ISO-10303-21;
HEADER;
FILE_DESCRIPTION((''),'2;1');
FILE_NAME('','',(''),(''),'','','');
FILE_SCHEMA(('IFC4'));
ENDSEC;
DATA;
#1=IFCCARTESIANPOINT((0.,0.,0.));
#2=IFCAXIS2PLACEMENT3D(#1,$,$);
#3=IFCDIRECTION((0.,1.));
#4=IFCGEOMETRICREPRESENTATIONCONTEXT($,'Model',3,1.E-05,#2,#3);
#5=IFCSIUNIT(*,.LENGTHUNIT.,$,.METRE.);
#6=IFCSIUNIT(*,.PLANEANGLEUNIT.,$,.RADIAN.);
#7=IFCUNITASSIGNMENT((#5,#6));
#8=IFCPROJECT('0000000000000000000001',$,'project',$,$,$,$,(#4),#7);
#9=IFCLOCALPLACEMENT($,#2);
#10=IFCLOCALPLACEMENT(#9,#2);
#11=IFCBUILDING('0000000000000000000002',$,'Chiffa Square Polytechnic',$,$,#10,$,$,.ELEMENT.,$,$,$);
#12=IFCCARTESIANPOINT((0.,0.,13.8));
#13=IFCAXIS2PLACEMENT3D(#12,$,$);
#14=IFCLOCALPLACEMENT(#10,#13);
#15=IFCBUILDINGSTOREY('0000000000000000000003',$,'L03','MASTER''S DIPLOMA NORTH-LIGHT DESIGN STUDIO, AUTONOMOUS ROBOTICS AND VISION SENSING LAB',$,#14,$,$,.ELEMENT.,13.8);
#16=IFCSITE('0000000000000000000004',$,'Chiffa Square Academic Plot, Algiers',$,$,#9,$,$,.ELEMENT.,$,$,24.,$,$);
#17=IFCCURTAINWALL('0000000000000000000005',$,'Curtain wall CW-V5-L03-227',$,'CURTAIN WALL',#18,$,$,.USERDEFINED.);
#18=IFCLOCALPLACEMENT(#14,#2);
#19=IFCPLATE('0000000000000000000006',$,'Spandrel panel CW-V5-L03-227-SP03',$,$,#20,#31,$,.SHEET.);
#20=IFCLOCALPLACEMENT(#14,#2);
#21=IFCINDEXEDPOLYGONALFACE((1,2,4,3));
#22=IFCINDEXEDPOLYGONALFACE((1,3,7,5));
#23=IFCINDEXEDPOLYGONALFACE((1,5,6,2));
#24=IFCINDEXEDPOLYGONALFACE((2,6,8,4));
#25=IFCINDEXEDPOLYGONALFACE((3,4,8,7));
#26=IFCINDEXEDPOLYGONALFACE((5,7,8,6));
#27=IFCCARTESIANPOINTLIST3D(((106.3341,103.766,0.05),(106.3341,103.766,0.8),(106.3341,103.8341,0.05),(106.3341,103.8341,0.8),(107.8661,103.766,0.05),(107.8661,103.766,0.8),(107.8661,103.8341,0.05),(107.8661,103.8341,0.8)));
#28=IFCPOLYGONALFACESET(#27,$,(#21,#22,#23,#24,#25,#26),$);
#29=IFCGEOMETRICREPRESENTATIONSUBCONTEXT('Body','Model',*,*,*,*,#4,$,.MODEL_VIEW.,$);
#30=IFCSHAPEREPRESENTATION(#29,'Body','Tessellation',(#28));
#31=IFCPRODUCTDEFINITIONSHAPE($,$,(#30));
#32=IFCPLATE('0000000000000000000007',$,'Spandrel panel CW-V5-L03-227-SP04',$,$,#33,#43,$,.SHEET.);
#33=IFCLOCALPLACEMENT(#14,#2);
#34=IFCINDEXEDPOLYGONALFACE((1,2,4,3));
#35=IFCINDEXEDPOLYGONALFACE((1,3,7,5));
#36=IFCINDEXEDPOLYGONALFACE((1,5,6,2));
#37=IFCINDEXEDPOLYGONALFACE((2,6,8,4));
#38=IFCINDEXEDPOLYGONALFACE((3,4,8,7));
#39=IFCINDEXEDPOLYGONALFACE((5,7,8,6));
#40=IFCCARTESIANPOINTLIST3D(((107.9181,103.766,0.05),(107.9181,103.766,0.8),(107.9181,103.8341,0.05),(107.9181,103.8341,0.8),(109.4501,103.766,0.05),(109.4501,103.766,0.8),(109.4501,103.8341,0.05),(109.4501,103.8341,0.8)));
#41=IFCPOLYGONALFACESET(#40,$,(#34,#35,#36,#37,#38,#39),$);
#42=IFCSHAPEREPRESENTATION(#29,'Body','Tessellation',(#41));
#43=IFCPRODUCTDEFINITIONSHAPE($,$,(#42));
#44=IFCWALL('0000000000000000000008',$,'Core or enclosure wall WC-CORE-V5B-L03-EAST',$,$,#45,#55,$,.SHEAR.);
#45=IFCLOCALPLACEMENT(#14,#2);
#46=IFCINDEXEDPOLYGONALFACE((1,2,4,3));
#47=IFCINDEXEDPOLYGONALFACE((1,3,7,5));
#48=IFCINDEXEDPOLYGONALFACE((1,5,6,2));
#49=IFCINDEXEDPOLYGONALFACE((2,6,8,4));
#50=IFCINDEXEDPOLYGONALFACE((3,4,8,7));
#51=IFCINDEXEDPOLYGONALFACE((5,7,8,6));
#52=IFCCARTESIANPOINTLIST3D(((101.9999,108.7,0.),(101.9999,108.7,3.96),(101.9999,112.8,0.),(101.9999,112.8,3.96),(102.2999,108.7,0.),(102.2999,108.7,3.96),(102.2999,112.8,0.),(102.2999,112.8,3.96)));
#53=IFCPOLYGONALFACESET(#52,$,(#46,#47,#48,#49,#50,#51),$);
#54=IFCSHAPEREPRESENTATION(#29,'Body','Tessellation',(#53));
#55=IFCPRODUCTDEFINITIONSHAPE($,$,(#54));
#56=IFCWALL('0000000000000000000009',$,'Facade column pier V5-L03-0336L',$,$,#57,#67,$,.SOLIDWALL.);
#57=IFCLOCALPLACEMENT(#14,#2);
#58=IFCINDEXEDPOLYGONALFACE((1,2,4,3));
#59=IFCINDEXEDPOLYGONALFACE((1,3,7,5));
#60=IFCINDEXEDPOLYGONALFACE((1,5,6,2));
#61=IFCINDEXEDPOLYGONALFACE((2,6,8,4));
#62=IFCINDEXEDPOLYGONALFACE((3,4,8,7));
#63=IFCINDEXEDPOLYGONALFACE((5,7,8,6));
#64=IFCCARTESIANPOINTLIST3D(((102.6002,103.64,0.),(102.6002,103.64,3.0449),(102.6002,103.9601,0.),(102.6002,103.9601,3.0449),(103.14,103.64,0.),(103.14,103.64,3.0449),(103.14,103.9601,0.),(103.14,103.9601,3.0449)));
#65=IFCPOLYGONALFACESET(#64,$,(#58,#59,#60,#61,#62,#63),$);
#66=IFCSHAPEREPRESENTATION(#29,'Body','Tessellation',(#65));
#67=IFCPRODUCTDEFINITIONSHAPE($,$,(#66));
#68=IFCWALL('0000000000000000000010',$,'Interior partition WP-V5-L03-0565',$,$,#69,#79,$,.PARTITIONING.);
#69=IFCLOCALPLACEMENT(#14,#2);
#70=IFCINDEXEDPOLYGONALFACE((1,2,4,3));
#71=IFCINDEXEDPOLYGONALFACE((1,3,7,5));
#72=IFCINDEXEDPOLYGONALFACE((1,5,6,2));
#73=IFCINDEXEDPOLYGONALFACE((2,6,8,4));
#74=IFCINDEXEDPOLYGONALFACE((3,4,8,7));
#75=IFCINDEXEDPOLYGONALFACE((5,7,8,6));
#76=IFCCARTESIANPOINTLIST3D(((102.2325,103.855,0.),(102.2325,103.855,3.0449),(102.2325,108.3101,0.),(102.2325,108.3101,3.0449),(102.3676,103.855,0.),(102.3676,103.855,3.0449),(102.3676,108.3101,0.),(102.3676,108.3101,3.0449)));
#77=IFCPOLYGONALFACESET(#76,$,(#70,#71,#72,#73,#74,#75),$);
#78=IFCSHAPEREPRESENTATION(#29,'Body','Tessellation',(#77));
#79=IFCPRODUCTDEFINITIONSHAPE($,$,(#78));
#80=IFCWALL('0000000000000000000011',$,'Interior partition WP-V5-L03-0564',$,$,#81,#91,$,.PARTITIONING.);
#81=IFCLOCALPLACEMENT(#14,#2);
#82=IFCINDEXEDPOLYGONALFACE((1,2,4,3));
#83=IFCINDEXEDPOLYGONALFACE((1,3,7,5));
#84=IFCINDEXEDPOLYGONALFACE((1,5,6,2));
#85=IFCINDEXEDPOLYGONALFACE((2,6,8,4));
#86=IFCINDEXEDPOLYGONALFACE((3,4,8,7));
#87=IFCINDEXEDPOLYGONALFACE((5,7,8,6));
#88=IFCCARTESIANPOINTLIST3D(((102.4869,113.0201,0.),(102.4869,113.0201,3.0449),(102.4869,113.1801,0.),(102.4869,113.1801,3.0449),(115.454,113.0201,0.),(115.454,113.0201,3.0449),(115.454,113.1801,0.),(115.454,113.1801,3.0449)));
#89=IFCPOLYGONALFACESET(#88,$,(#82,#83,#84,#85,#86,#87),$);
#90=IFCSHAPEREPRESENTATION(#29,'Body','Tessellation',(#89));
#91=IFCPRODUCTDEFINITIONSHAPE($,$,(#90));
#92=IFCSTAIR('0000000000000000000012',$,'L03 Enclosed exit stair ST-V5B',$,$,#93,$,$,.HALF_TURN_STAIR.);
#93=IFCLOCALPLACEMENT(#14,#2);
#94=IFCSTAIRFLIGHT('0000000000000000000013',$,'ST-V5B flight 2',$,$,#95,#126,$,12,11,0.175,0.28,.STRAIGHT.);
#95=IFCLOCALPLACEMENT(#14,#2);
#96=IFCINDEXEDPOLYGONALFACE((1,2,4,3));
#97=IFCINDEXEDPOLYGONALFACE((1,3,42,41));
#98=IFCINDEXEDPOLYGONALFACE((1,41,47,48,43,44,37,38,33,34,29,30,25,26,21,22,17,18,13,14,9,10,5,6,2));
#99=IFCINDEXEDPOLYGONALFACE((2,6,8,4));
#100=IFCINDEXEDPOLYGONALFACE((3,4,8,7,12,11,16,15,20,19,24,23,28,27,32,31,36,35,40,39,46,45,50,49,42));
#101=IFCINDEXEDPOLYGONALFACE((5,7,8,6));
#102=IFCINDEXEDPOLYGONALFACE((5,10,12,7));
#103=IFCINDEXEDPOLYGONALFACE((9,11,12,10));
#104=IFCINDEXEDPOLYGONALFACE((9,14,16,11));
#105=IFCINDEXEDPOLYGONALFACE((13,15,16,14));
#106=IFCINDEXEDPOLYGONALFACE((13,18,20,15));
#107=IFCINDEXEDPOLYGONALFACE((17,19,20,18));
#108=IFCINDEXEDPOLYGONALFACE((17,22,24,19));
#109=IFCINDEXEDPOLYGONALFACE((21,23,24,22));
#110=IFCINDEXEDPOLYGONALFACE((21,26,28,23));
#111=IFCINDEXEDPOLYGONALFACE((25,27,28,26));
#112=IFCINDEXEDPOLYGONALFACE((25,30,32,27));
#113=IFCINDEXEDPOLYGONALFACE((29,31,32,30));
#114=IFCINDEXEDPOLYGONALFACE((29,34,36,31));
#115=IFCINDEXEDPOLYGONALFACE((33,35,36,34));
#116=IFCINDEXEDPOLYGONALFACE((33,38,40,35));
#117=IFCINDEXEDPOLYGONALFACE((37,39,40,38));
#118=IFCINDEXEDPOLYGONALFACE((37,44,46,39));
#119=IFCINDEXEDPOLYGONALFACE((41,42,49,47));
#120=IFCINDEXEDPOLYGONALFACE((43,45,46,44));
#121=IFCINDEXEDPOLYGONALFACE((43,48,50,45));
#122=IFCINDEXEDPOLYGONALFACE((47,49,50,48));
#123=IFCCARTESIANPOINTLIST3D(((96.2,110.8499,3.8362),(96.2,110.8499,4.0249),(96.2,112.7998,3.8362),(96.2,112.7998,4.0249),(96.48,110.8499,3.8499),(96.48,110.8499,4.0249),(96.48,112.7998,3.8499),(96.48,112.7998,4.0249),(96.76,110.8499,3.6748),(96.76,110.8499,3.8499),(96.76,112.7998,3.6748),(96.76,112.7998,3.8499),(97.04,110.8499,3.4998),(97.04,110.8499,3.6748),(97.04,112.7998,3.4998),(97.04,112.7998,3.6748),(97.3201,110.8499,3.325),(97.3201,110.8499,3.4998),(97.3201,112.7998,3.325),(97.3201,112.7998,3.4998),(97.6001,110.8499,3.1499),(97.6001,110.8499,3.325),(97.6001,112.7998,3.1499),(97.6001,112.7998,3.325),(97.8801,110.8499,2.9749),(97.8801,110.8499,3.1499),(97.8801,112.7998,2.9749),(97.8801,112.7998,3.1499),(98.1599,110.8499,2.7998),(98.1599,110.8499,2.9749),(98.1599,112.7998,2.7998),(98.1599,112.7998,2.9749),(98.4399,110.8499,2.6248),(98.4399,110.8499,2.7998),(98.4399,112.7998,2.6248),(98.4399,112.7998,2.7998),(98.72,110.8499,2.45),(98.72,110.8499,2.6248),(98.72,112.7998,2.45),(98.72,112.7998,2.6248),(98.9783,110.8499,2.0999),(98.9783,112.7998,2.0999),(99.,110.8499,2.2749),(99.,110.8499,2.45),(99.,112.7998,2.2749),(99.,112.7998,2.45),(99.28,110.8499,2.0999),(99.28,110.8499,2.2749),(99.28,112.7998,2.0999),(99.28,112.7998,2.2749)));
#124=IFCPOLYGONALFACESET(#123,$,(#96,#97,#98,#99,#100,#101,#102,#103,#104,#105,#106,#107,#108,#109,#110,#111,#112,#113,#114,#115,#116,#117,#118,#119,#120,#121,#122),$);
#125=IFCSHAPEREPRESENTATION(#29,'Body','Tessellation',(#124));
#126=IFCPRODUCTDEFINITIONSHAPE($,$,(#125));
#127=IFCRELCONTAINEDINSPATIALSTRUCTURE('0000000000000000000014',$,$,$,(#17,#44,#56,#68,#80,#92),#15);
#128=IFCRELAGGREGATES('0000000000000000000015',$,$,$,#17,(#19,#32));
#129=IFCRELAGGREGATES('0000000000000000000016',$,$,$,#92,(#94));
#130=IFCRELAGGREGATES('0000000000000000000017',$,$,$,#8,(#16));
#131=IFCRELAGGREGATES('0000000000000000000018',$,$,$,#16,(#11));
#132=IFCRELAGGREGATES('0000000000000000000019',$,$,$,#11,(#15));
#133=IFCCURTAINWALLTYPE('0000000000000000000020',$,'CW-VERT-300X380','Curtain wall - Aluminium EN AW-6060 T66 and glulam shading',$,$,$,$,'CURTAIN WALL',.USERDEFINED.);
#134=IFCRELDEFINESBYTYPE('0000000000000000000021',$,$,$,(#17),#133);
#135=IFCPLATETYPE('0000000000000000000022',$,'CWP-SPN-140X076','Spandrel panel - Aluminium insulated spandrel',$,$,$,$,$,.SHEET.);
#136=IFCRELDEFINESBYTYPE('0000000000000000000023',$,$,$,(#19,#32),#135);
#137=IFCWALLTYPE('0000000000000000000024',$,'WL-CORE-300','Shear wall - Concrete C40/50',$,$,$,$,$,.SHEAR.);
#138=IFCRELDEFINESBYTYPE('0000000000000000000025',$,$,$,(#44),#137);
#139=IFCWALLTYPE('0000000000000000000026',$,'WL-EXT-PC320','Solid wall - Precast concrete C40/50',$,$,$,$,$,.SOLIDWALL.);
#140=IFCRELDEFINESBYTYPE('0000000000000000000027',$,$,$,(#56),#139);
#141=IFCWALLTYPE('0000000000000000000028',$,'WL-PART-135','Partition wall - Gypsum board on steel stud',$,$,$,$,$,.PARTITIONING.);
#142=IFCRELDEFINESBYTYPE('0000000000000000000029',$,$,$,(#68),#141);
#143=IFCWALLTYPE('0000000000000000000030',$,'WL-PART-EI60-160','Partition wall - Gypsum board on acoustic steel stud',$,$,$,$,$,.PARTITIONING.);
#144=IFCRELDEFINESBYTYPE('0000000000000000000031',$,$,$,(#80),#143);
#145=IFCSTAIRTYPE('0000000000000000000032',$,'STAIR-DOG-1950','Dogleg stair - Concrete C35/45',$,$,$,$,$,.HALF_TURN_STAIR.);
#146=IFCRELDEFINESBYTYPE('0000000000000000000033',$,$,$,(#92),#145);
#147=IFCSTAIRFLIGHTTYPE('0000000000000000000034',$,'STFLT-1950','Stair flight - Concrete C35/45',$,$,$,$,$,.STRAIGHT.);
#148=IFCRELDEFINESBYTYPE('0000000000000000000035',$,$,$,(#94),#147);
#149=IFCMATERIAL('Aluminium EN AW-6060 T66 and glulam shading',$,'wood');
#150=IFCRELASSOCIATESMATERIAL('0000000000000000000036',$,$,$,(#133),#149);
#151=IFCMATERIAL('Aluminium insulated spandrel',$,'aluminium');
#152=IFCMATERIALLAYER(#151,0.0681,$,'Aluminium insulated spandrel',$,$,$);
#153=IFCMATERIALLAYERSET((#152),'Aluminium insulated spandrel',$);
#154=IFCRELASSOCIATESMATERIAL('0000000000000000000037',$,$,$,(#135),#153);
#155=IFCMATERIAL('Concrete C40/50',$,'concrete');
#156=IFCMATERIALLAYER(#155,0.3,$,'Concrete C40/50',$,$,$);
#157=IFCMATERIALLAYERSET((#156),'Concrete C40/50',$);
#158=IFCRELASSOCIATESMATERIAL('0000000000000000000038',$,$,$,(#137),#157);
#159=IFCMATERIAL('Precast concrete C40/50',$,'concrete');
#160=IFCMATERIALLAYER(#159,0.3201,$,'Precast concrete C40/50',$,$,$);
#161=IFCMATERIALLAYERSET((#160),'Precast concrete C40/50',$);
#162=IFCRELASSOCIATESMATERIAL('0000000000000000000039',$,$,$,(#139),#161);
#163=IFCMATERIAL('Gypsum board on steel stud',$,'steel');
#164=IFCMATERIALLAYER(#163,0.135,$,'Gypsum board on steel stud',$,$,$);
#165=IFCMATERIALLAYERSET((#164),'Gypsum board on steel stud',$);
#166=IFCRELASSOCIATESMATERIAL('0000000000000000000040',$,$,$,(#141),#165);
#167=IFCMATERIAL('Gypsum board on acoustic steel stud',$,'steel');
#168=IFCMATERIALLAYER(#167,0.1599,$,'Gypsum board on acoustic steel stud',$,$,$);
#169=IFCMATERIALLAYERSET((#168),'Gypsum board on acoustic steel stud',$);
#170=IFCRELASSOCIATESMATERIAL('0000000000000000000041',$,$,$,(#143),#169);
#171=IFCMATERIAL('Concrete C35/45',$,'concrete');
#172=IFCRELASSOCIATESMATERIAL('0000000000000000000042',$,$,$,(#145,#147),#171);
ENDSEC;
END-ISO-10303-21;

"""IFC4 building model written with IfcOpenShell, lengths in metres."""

from ifc_helpers import new_model, si_unit, direction, frame, frame_2d, origin, origin_2d, place, context, subcontext, project, spatial, polyline, rectangle, outline, extrude, material, layer, layer_set, type_object, element, aggregate, save


model = new_model("IFC4")

# Units and contexts
model_context = context("Model", 3, precision=1e-05, world=origin(), true_north=direction((0.0, 1.0)))
body_context = subcontext(model_context, "Body", "Model", "MODEL_VIEW")
ifc_project = project(units=[si_unit("LENGTHUNIT", "METRE"), si_unit("PLANEANGLEUNIT", "RADIAN")], contexts=[model_context])

# Site, building, storey
site_placement = place(None, origin())
site = spatial("IfcSite", under=ifc_project, at=site_placement, Name="Chiffa Square Academic Plot, Algiers", CompositionType="ELEMENT", RefElevation=24.0)
building_placement = place(site_placement, origin())
building = spatial("IfcBuilding", under=site, at=building_placement, Name="Chiffa Square Polytechnic", CompositionType="ELEMENT")
storey_placement = place(building_placement, frame((0.0, 0.0, 13.8)))
storey = spatial("IfcBuildingStorey", under=building, at=storey_placement, Name="L03", Description="MASTER'S DIPLOMA NORTH-LIGHT DESIGN STUDIO, AUTONOMOUS ROBOTICS AND VISION SENSING LAB", CompositionType="ELEMENT", Elevation=13.8)

# Shared definitions
ifc_material_1 = material(Name="Concrete C35/45", Category="concrete")

# Shared definitions
ifc_material_2 = material(Name="Concrete C40/50", Category="concrete")

# Curtain wall
ifc_material_3 = material(Name="Aluminium EN AW-6060 T66 and glulam shading", Category="wood")
curtain_wall_type = type_object("IfcCurtainWallType", Name="CW-VERT-300X380", Description="Curtain wall - Aluminium EN AW-6060 T66 and glulam shading", ElementType="CURTAIN WALL", PredefinedType="USERDEFINED", material=ifc_material_3)
curtain_wall_placement = place(storey_placement, origin())
curtain_wall = element("IfcCurtainWall", 1, at=curtain_wall_placement, inside=storey, type_object=curtain_wall_type, Name="Curtain wall CW-V5-L03-227", ObjectType="CURTAIN WALL", PredefinedType="USERDEFINED")

# Plates
ifc_material_4 = material(Name="Aluminium insulated spandrel", Category="aluminium")
ifc_layer_1 = layer(ifc_material_4, 0.0681, Name="Aluminium insulated spandrel")
ifc_layer_set_1 = layer_set([ifc_layer_1], Name="Aluminium insulated spandrel")
plate_type_1 = type_object("IfcPlateType", Name="CWP-SPN-140X076", Description="Spandrel panel - Aluminium insulated spandrel", PredefinedType="SHEET", material=ifc_layer_set_1)
plate_1_placement = place(storey_placement, frame((107.1001, 103.8, 0.05), z_axis=(0.0, 0.0, 1.0), x_axis=(1.0, 0.0, 0.0)))
plate_1 = element("IfcPlate", 2, at=plate_1_placement, type_object=plate_type_1, Name="Spandrel panel CW-V5-L03-227-SP03", PredefinedType="SHEET", context=body_context, shape_type="SweptSolid", body=[
    extrude(rectangle(XDim=1.532, YDim=0.0681, at=origin_2d()), origin(), (0.0, 0.0, 1.0), 0.75),
])
plate_2_placement = place(storey_placement, frame((108.6841, 103.8, 0.05), z_axis=(0.0, 0.0, 1.0), x_axis=(1.0, 0.0, 0.0)))
plate_2 = element("IfcPlate", 3, at=plate_2_placement, type_object=plate_type_1, Name="Spandrel panel CW-V5-L03-227-SP04", PredefinedType="SHEET", context=body_context, shape_type="SweptSolid", body=[
    extrude(rectangle(XDim=1.532, YDim=0.0681, at=origin_2d()), origin(), (0.0, 0.0, 1.0), 0.75),
])
aggregate(curtain_wall, [plate_1, plate_2])

# Walls
ifc_layer_2 = layer(ifc_material_2, 0.3, Name="Concrete C40/50")
ifc_layer_set_2 = layer_set([ifc_layer_2], Name="Concrete C40/50")
wall_type_1 = type_object("IfcWallType", Name="WL-CORE-300", Description="Shear wall - Concrete C40/50", PredefinedType="SHEAR", material=ifc_layer_set_2)
wall_1_placement = place(storey_placement, frame((102.1499, 108.7, 0.0), z_axis=(0.0, 0.0, 1.0), x_axis=(0.0, 1.0, 0.0)))
element("IfcWall", 4, at=wall_1_placement, inside=storey, type_object=wall_type_1, Name="Core or enclosure wall WC-CORE-V5B-L03-EAST", PredefinedType="SHEAR", context=body_context, shape_type="SweptSolid", body=[
    extrude(rectangle(XDim=4.1001, YDim=0.3, at=frame_2d((2.05, 0.0))), origin(), (0.0, 0.0, 1.0), 3.96),
])
ifc_material_5 = material(Name="Precast concrete C40/50", Category="concrete")
ifc_layer_3 = layer(ifc_material_5, 0.3201, Name="Precast concrete C40/50")
ifc_layer_set_3 = layer_set([ifc_layer_3], Name="Precast concrete C40/50")
wall_type_2 = type_object("IfcWallType", Name="WL-EXT-PC320", Description="Solid wall - Precast concrete C40/50", PredefinedType="SOLIDWALL", material=ifc_layer_set_3)
wall_2_placement = place(storey_placement, frame((102.6001, 103.8, 0.0), z_axis=(0.0, 0.0, 1.0), x_axis=(1.0, 0.0, 0.0)))
element("IfcWall", 5, at=wall_2_placement, inside=storey, type_object=wall_type_2, Name="Facade column pier V5-L03-0336L", PredefinedType="SOLIDWALL", context=body_context, shape_type="SweptSolid", body=[
    extrude(rectangle(XDim=0.5398, YDim=0.3201, at=frame_2d((0.27, 0.0))), origin(), (0.0, 0.0, 1.0), 3.0449),
])
ifc_material_6 = material(Name="Gypsum board on steel stud", Category="steel")
ifc_layer_4 = layer(ifc_material_6, 0.135, Name="Gypsum board on steel stud")
ifc_layer_set_4 = layer_set([ifc_layer_4], Name="Gypsum board on steel stud")
wall_type_3 = type_object("IfcWallType", Name="WL-PART-135", Description="Partition wall - Gypsum board on steel stud", PredefinedType="PARTITIONING", material=ifc_layer_set_4)
wall_3_placement = place(storey_placement, frame((102.3, 103.855, 0.0), z_axis=(0.0, 0.0, 1.0), x_axis=(0.0, 1.0, 0.0)))
element("IfcWall", 6, at=wall_3_placement, inside=storey, type_object=wall_type_3, Name="Interior partition WP-V5-L03-0565", PredefinedType="PARTITIONING", context=body_context, shape_type="SweptSolid", body=[
    extrude(rectangle(XDim=4.4551, YDim=0.135, at=frame_2d((2.2275, 0.0))), origin(), (0.0, 0.0, 1.0), 3.0449),
])
ifc_material_7 = material(Name="Gypsum board on acoustic steel stud", Category="steel")
ifc_layer_5 = layer(ifc_material_7, 0.1599, Name="Gypsum board on acoustic steel stud")
ifc_layer_set_5 = layer_set([ifc_layer_5], Name="Gypsum board on acoustic steel stud")
wall_type_4 = type_object("IfcWallType", Name="WL-PART-EI60-160", Description="Partition wall - Gypsum board on acoustic steel stud", PredefinedType="PARTITIONING", material=ifc_layer_set_5)
wall_4_placement = place(storey_placement, frame((102.4871, 113.1001, 0.0), z_axis=(0.0, 0.0, 1.0), x_axis=(1.0, 0.0, 0.0)))
element("IfcWall", 7, at=wall_4_placement, inside=storey, type_object=wall_type_4, Name="Interior partition WP-V5-L03-0564", PredefinedType="PARTITIONING", context=body_context, shape_type="SweptSolid", body=[
    extrude(rectangle(XDim=12.967, YDim=0.1599, at=frame_2d((6.4834, 0.0))), origin(), (0.0, 0.0, 1.0), 3.0449),
])

# Stair, stair flight
stair_type = type_object("IfcStairType", Name="STAIR-DOG-1950", Description="Dogleg stair - Concrete C35/45", PredefinedType="HALF_TURN_STAIR", material=ifc_material_1)
stair_placement = place(storey_placement, origin())
stair = element("IfcStair", 8, at=stair_placement, inside=storey, type_object=stair_type, Name="L03 Enclosed exit stair ST-V5B", PredefinedType="HALF_TURN_STAIR")
stair_flight_type = type_object("IfcStairFlightType", Name="STFLT-1950", Description="Stair flight - Concrete C35/45", PredefinedType="STRAIGHT", material=ifc_material_1)
stair_flight_placement = place(storey_placement, frame((99.28, 111.825, 2.0999), z_axis=(0.0, 0.0, 1.0), x_axis=(-1.0, 0.0, 0.0)))
stair_flight = element("IfcStairFlight", 9, at=stair_flight_placement, type_object=stair_flight_type, Name="ST-V5B flight 2", NumberOfRisers=12, NumberOfTreads=11, PredefinedType="STRAIGHT", RiserHeight=0.175, TreadLength=0.28, context=body_context, shape_type="SweptSolid", body=[
    extrude(outline(polyline([(0.0, 0.0), (0.0, 0.175), (0.28, 0.175), (0.28, 0.3501), (0.5601, 0.3501), (0.5601, 0.5249), (0.8401, 0.5249), (0.8401, 0.7), (1.1201, 0.7), (1.1201, 0.875), (1.3999, 0.875), (1.3999, 1.05), (1.6799, 1.05), (1.6799, 1.2251), (1.96, 1.2251), (1.96, 1.3999), (2.24, 1.3999), (2.24, 1.575), (2.52, 1.575), (2.52, 1.75), (2.8, 1.75), (2.8, 1.925), (3.0801, 1.925), (3.0801, 2.1001), (3.0801, 1.7363), (0.3018, 0.0), (0.0, 0.0)])), frame((0.0, 0.9751, 0.0), z_axis=(0.0, -1.0, 0.0), x_axis=(1.0, 0.0, 0.0)), (0.0, 0.0, 1.0), 1.95),
])
aggregate(stair, [stair_flight])

save(model, "model.ifc")
